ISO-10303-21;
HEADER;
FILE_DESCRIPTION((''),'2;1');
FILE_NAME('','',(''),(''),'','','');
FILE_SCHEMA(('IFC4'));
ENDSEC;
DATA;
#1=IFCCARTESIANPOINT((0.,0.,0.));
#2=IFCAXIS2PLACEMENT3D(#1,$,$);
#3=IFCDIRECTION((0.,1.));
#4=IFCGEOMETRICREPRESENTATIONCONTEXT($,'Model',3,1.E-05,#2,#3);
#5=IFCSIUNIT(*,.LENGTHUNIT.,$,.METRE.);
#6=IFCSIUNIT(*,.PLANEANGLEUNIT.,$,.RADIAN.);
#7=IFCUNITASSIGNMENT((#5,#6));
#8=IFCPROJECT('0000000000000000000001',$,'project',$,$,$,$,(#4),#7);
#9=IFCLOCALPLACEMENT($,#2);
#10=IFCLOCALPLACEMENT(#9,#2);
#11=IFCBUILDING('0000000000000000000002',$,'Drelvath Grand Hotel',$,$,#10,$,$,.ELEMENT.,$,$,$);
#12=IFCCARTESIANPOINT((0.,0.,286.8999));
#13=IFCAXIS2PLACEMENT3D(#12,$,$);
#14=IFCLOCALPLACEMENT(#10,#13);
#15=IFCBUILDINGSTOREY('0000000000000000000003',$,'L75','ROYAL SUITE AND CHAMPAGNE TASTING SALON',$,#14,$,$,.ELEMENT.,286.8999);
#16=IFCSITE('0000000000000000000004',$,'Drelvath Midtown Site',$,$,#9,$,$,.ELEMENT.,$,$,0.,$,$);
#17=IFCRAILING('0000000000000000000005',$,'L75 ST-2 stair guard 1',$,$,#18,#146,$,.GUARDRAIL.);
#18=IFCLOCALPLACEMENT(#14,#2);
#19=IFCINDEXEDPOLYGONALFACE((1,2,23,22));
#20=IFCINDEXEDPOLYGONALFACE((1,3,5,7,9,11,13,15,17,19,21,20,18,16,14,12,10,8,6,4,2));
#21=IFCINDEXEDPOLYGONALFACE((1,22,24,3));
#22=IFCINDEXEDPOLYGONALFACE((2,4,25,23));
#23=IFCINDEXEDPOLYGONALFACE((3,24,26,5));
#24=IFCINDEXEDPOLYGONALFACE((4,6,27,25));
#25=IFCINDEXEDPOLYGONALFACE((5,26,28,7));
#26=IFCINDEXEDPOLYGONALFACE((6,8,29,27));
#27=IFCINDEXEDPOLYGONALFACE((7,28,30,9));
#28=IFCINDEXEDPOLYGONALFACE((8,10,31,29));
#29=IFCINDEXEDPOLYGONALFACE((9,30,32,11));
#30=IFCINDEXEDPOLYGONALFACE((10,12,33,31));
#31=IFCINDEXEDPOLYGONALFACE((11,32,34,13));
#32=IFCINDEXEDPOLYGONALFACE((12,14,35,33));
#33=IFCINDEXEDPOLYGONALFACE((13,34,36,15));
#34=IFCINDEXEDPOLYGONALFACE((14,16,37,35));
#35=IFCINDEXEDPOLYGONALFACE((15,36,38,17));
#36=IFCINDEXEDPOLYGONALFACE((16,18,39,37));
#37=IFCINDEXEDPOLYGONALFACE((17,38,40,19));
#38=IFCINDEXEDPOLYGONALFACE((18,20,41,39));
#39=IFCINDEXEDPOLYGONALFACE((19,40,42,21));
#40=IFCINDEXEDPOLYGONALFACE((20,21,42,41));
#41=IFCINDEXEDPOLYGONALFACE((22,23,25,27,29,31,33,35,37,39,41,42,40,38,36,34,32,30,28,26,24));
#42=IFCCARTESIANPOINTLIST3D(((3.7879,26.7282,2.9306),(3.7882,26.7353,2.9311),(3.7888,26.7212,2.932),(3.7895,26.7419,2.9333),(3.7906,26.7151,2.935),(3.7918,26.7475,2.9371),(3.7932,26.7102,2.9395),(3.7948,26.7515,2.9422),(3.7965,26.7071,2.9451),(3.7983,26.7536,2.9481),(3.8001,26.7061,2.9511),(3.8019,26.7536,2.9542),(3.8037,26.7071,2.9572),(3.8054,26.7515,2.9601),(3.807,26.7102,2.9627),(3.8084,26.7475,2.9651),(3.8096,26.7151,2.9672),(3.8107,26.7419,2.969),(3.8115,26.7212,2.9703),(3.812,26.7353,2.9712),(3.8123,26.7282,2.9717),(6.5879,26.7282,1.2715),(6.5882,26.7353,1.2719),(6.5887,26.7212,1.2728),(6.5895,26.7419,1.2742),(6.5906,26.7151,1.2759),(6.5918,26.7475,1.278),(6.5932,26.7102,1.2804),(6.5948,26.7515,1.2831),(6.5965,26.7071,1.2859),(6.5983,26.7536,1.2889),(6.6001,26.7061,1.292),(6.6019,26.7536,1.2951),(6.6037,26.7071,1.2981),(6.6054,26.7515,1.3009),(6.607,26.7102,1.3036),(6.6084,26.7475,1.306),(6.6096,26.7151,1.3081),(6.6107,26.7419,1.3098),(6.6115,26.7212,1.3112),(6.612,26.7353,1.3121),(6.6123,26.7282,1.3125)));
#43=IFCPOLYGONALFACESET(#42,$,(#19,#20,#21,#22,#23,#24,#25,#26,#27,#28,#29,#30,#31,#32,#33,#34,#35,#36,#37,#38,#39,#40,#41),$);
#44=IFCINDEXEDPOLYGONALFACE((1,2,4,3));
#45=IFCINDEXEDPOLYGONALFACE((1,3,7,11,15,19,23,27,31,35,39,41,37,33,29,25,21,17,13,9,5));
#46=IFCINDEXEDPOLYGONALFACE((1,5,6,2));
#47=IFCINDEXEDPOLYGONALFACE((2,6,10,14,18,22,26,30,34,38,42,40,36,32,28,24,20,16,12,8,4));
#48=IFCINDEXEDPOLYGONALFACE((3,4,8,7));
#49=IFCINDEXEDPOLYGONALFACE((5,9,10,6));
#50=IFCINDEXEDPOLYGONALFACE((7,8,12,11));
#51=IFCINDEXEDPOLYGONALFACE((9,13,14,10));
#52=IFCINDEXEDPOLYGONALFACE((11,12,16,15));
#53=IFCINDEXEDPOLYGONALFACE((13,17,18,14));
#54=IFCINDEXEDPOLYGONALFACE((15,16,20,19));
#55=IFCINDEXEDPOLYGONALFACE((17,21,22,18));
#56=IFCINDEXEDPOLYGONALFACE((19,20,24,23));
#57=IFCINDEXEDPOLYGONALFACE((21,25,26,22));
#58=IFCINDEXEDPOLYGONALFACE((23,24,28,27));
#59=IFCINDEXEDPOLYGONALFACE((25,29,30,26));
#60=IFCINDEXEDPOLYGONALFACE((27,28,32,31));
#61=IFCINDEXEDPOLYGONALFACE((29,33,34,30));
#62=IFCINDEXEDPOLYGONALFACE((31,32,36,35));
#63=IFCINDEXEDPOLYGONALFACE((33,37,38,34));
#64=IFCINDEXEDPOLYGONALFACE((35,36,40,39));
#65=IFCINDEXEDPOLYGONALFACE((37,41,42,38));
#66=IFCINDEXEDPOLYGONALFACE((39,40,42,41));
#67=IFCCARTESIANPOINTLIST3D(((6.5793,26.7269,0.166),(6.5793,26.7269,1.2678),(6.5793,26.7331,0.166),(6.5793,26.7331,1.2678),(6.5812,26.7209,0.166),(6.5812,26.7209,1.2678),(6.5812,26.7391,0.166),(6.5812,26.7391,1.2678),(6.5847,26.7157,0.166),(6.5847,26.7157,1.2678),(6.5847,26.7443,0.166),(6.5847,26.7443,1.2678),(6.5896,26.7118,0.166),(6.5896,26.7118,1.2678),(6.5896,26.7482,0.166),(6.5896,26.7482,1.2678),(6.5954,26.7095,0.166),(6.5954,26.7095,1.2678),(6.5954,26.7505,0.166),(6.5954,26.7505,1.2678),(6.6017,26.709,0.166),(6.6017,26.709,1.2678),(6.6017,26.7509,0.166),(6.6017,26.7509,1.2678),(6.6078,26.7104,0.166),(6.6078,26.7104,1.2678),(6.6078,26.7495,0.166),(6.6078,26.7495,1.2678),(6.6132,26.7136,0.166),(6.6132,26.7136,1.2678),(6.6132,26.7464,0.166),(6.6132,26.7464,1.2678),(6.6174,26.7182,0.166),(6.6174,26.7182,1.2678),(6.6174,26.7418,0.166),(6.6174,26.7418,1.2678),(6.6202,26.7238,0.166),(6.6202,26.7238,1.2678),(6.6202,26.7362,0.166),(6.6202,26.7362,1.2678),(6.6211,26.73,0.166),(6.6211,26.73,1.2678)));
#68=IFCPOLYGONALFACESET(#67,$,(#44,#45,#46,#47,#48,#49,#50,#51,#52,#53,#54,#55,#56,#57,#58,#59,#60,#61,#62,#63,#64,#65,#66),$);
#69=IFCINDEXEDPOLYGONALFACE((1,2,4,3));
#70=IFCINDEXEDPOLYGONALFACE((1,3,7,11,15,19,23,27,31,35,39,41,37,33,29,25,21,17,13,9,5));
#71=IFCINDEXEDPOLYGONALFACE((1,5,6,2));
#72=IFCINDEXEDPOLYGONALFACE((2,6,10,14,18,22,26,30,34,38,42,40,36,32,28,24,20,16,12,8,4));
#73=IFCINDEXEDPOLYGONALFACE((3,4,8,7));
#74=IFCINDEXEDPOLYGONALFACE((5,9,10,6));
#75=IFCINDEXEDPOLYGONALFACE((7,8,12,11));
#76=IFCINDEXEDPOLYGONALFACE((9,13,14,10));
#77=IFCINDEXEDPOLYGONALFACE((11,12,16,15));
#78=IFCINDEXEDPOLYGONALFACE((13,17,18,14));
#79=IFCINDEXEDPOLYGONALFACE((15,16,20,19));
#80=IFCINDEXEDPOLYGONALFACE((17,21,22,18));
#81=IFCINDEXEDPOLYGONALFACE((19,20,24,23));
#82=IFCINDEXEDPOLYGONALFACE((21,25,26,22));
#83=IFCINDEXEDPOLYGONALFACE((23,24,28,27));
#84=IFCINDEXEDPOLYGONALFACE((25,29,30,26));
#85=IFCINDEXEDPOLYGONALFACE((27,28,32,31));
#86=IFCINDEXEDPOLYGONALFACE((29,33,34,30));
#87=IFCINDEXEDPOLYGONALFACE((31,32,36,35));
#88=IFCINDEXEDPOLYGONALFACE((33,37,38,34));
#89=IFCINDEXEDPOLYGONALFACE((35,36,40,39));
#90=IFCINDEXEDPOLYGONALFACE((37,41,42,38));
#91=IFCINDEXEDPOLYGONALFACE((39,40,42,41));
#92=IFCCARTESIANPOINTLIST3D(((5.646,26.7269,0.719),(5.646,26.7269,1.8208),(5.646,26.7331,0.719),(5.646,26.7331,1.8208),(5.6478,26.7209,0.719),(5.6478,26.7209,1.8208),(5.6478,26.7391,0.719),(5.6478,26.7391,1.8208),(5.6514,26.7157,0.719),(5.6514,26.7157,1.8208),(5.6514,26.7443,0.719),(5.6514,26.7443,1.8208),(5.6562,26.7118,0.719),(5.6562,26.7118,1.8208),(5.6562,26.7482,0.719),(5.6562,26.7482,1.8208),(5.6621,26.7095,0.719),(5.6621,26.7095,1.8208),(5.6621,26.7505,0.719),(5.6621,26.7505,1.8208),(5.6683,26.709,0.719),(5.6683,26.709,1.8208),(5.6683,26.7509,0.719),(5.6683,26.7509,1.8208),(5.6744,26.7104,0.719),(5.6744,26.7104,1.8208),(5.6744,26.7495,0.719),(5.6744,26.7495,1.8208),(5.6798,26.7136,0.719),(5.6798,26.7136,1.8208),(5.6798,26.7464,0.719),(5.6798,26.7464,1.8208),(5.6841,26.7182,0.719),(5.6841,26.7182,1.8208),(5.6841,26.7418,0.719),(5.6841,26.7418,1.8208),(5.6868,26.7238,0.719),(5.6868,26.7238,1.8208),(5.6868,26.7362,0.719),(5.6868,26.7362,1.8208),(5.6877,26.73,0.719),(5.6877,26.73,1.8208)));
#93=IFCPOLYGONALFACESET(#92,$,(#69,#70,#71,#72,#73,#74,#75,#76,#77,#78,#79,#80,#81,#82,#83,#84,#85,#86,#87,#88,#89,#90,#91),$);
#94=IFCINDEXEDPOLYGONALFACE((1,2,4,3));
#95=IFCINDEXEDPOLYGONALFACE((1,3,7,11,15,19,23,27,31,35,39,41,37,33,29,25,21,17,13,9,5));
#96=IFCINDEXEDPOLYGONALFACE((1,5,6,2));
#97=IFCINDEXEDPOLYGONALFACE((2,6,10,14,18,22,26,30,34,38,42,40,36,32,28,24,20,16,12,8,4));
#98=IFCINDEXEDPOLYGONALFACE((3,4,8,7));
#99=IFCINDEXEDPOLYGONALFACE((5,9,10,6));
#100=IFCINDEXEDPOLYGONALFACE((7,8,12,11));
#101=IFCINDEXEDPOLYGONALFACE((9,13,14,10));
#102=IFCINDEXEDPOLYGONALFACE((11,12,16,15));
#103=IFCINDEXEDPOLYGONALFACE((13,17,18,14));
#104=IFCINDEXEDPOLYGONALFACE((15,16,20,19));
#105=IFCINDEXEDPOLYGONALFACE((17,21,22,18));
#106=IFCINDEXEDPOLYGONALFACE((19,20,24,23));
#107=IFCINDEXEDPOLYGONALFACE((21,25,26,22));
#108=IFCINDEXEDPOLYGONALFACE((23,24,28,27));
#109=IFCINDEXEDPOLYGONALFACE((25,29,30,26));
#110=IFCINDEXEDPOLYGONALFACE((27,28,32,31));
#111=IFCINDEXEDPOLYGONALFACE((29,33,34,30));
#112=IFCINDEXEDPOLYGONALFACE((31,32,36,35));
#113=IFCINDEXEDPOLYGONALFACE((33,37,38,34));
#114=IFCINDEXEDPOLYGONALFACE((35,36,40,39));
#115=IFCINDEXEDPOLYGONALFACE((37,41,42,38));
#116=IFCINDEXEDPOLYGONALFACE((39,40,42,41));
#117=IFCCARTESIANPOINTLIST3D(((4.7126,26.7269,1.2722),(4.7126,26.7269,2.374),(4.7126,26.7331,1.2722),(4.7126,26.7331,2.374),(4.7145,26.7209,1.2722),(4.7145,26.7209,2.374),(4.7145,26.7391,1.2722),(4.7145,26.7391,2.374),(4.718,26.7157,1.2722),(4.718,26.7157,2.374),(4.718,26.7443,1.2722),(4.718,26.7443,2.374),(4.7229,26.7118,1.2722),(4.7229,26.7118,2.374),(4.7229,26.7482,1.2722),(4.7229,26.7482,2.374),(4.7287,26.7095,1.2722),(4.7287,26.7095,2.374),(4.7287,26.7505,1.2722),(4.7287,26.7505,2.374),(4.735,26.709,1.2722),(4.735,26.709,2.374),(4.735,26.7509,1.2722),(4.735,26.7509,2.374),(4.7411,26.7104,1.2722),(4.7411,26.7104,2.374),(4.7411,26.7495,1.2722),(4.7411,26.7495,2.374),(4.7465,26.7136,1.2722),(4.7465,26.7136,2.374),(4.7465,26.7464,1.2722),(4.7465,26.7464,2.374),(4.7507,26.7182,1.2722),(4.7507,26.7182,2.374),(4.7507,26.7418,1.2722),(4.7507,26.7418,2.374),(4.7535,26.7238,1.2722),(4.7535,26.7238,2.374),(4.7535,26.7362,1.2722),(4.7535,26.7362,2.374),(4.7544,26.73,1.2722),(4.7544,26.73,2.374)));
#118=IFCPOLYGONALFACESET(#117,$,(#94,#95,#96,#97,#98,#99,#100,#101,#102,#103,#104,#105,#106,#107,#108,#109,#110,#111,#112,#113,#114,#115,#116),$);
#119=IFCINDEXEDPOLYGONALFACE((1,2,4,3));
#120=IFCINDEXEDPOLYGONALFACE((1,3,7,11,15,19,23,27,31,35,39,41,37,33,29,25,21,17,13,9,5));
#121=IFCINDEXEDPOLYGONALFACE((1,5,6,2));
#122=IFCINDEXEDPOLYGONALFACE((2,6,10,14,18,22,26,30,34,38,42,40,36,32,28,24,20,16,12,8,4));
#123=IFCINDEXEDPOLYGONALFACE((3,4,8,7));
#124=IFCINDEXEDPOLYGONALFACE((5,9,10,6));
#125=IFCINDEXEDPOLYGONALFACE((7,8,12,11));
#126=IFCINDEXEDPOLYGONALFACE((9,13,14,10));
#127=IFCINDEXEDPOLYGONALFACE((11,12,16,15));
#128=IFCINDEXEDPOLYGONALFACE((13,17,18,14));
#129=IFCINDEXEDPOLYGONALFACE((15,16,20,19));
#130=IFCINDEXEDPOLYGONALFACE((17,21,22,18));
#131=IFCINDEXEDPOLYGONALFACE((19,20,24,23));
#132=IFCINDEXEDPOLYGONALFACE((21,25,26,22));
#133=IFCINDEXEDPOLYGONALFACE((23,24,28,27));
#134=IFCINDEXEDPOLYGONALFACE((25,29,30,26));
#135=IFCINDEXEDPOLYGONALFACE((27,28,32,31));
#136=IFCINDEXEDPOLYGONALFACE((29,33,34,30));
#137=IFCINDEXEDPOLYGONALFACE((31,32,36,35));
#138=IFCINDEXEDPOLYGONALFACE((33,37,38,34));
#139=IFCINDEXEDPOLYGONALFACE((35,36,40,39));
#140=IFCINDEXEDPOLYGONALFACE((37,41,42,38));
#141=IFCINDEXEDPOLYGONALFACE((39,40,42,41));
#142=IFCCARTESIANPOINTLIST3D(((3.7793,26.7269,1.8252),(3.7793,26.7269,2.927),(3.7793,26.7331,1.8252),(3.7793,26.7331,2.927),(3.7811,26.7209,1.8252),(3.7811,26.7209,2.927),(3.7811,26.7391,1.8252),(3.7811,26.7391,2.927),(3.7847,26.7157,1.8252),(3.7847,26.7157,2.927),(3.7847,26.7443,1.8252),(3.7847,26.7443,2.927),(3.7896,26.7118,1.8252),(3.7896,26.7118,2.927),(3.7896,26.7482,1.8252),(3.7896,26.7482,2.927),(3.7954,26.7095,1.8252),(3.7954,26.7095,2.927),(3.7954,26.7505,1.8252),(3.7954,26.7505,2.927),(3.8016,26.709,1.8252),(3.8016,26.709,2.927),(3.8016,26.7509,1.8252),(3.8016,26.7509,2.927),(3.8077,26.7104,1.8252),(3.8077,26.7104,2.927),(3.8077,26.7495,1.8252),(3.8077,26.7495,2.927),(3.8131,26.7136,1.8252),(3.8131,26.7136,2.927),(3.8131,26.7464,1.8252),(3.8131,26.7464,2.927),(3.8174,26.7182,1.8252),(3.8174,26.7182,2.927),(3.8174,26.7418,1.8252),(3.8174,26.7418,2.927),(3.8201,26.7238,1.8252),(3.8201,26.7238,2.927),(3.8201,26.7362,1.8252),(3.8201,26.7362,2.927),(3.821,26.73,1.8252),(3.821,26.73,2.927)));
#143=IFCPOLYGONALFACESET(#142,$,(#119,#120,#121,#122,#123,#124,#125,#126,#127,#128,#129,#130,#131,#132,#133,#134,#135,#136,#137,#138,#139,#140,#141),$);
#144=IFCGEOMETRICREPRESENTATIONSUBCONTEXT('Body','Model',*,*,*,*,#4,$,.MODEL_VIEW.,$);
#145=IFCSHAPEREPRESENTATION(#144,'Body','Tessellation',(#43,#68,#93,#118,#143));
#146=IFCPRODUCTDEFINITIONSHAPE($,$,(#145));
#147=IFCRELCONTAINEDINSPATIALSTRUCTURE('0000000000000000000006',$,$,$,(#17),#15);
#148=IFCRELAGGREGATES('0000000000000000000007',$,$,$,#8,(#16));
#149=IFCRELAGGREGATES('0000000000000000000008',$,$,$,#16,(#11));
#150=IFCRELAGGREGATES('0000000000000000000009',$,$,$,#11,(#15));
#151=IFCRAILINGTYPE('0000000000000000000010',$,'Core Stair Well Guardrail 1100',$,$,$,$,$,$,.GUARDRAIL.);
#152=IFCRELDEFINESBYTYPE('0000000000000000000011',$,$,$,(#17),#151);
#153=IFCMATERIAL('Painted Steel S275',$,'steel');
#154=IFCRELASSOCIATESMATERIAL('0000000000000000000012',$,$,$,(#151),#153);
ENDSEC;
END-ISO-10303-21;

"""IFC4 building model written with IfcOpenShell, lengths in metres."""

from ifc_helpers import new_model, si_unit, direction, frame, origin, origin_2d, place, context, subcontext, project, spatial, circle, extrude, material, type_object, element, save


model = new_model("IFC4")

# Units and contexts
model_context = context("Model", 3, precision=1e-05, world=origin(), true_north=direction((0.0, 1.0)))
body_context = subcontext(model_context, "Body", "Model", "MODEL_VIEW")
ifc_project = project(units=[si_unit("LENGTHUNIT", "METRE"), si_unit("PLANEANGLEUNIT", "RADIAN")], contexts=[model_context])

# Site, building, storey
site_placement = place(None, origin())
site = spatial("IfcSite", under=ifc_project, at=site_placement, Name="Drelvath Midtown Site", CompositionType="ELEMENT", RefElevation=0.0)
building_placement = place(site_placement, origin())
building = spatial("IfcBuilding", under=site, at=building_placement, Name="Drelvath Grand Hotel", CompositionType="ELEMENT")
storey_placement = place(building_placement, frame((0.0, 0.0, 286.8999)))
storey = spatial("IfcBuildingStorey", under=building, at=storey_placement, Name="L75", Description="ROYAL SUITE AND CHAMPAGNE TASTING SALON", CompositionType="ELEMENT", Elevation=286.8999)

# Railing
ifc_material_1 = material(Name="Painted Steel S275", Category="steel")
railing_type_1 = type_object("IfcRailingType", Name="Core Stair Well Guardrail 1100", PredefinedType="GUARDRAIL", material=ifc_material_1)
railing_1_placement = place(storey_placement, frame((6.6001, 26.73, 0.166)))
element("IfcRailing", 1, at=railing_1_placement, inside=storey, type_object=railing_type_1, Name="L75 ST-2 stair guard 1", PredefinedType="GUARDRAIL", context=body_context, shape_type="SweptSolid", body=[
    extrude(circle(Radius=0.0239, at=origin_2d()), frame((0.0, 0.0, 1.126), z_axis=(-0.860306, 0.0, 0.509778), x_axis=(0.0, -1.0, 0.0)), (0.0, 0.0, 1.0), 3.2546),
    extrude(circle(Radius=0.021, at=origin_2d()), origin(), (0.0, 0.0, 1.0), 1.1018),
    extrude(circle(Radius=0.021, at=origin_2d()), frame((-0.9333, 0.0, 0.553)), (0.0, 0.0, 1.0), 1.1018),
    extrude(circle(Radius=0.021, at=origin_2d()), frame((-1.8667, 0.0, 1.1062)), (0.0, 0.0, 1.0), 1.1018),
    extrude(circle(Radius=0.021, at=origin_2d()), frame((-2.8, 0.0, 1.6592)), (0.0, 0.0, 1.0), 1.1018),
])

save(model, "model.ifc")
